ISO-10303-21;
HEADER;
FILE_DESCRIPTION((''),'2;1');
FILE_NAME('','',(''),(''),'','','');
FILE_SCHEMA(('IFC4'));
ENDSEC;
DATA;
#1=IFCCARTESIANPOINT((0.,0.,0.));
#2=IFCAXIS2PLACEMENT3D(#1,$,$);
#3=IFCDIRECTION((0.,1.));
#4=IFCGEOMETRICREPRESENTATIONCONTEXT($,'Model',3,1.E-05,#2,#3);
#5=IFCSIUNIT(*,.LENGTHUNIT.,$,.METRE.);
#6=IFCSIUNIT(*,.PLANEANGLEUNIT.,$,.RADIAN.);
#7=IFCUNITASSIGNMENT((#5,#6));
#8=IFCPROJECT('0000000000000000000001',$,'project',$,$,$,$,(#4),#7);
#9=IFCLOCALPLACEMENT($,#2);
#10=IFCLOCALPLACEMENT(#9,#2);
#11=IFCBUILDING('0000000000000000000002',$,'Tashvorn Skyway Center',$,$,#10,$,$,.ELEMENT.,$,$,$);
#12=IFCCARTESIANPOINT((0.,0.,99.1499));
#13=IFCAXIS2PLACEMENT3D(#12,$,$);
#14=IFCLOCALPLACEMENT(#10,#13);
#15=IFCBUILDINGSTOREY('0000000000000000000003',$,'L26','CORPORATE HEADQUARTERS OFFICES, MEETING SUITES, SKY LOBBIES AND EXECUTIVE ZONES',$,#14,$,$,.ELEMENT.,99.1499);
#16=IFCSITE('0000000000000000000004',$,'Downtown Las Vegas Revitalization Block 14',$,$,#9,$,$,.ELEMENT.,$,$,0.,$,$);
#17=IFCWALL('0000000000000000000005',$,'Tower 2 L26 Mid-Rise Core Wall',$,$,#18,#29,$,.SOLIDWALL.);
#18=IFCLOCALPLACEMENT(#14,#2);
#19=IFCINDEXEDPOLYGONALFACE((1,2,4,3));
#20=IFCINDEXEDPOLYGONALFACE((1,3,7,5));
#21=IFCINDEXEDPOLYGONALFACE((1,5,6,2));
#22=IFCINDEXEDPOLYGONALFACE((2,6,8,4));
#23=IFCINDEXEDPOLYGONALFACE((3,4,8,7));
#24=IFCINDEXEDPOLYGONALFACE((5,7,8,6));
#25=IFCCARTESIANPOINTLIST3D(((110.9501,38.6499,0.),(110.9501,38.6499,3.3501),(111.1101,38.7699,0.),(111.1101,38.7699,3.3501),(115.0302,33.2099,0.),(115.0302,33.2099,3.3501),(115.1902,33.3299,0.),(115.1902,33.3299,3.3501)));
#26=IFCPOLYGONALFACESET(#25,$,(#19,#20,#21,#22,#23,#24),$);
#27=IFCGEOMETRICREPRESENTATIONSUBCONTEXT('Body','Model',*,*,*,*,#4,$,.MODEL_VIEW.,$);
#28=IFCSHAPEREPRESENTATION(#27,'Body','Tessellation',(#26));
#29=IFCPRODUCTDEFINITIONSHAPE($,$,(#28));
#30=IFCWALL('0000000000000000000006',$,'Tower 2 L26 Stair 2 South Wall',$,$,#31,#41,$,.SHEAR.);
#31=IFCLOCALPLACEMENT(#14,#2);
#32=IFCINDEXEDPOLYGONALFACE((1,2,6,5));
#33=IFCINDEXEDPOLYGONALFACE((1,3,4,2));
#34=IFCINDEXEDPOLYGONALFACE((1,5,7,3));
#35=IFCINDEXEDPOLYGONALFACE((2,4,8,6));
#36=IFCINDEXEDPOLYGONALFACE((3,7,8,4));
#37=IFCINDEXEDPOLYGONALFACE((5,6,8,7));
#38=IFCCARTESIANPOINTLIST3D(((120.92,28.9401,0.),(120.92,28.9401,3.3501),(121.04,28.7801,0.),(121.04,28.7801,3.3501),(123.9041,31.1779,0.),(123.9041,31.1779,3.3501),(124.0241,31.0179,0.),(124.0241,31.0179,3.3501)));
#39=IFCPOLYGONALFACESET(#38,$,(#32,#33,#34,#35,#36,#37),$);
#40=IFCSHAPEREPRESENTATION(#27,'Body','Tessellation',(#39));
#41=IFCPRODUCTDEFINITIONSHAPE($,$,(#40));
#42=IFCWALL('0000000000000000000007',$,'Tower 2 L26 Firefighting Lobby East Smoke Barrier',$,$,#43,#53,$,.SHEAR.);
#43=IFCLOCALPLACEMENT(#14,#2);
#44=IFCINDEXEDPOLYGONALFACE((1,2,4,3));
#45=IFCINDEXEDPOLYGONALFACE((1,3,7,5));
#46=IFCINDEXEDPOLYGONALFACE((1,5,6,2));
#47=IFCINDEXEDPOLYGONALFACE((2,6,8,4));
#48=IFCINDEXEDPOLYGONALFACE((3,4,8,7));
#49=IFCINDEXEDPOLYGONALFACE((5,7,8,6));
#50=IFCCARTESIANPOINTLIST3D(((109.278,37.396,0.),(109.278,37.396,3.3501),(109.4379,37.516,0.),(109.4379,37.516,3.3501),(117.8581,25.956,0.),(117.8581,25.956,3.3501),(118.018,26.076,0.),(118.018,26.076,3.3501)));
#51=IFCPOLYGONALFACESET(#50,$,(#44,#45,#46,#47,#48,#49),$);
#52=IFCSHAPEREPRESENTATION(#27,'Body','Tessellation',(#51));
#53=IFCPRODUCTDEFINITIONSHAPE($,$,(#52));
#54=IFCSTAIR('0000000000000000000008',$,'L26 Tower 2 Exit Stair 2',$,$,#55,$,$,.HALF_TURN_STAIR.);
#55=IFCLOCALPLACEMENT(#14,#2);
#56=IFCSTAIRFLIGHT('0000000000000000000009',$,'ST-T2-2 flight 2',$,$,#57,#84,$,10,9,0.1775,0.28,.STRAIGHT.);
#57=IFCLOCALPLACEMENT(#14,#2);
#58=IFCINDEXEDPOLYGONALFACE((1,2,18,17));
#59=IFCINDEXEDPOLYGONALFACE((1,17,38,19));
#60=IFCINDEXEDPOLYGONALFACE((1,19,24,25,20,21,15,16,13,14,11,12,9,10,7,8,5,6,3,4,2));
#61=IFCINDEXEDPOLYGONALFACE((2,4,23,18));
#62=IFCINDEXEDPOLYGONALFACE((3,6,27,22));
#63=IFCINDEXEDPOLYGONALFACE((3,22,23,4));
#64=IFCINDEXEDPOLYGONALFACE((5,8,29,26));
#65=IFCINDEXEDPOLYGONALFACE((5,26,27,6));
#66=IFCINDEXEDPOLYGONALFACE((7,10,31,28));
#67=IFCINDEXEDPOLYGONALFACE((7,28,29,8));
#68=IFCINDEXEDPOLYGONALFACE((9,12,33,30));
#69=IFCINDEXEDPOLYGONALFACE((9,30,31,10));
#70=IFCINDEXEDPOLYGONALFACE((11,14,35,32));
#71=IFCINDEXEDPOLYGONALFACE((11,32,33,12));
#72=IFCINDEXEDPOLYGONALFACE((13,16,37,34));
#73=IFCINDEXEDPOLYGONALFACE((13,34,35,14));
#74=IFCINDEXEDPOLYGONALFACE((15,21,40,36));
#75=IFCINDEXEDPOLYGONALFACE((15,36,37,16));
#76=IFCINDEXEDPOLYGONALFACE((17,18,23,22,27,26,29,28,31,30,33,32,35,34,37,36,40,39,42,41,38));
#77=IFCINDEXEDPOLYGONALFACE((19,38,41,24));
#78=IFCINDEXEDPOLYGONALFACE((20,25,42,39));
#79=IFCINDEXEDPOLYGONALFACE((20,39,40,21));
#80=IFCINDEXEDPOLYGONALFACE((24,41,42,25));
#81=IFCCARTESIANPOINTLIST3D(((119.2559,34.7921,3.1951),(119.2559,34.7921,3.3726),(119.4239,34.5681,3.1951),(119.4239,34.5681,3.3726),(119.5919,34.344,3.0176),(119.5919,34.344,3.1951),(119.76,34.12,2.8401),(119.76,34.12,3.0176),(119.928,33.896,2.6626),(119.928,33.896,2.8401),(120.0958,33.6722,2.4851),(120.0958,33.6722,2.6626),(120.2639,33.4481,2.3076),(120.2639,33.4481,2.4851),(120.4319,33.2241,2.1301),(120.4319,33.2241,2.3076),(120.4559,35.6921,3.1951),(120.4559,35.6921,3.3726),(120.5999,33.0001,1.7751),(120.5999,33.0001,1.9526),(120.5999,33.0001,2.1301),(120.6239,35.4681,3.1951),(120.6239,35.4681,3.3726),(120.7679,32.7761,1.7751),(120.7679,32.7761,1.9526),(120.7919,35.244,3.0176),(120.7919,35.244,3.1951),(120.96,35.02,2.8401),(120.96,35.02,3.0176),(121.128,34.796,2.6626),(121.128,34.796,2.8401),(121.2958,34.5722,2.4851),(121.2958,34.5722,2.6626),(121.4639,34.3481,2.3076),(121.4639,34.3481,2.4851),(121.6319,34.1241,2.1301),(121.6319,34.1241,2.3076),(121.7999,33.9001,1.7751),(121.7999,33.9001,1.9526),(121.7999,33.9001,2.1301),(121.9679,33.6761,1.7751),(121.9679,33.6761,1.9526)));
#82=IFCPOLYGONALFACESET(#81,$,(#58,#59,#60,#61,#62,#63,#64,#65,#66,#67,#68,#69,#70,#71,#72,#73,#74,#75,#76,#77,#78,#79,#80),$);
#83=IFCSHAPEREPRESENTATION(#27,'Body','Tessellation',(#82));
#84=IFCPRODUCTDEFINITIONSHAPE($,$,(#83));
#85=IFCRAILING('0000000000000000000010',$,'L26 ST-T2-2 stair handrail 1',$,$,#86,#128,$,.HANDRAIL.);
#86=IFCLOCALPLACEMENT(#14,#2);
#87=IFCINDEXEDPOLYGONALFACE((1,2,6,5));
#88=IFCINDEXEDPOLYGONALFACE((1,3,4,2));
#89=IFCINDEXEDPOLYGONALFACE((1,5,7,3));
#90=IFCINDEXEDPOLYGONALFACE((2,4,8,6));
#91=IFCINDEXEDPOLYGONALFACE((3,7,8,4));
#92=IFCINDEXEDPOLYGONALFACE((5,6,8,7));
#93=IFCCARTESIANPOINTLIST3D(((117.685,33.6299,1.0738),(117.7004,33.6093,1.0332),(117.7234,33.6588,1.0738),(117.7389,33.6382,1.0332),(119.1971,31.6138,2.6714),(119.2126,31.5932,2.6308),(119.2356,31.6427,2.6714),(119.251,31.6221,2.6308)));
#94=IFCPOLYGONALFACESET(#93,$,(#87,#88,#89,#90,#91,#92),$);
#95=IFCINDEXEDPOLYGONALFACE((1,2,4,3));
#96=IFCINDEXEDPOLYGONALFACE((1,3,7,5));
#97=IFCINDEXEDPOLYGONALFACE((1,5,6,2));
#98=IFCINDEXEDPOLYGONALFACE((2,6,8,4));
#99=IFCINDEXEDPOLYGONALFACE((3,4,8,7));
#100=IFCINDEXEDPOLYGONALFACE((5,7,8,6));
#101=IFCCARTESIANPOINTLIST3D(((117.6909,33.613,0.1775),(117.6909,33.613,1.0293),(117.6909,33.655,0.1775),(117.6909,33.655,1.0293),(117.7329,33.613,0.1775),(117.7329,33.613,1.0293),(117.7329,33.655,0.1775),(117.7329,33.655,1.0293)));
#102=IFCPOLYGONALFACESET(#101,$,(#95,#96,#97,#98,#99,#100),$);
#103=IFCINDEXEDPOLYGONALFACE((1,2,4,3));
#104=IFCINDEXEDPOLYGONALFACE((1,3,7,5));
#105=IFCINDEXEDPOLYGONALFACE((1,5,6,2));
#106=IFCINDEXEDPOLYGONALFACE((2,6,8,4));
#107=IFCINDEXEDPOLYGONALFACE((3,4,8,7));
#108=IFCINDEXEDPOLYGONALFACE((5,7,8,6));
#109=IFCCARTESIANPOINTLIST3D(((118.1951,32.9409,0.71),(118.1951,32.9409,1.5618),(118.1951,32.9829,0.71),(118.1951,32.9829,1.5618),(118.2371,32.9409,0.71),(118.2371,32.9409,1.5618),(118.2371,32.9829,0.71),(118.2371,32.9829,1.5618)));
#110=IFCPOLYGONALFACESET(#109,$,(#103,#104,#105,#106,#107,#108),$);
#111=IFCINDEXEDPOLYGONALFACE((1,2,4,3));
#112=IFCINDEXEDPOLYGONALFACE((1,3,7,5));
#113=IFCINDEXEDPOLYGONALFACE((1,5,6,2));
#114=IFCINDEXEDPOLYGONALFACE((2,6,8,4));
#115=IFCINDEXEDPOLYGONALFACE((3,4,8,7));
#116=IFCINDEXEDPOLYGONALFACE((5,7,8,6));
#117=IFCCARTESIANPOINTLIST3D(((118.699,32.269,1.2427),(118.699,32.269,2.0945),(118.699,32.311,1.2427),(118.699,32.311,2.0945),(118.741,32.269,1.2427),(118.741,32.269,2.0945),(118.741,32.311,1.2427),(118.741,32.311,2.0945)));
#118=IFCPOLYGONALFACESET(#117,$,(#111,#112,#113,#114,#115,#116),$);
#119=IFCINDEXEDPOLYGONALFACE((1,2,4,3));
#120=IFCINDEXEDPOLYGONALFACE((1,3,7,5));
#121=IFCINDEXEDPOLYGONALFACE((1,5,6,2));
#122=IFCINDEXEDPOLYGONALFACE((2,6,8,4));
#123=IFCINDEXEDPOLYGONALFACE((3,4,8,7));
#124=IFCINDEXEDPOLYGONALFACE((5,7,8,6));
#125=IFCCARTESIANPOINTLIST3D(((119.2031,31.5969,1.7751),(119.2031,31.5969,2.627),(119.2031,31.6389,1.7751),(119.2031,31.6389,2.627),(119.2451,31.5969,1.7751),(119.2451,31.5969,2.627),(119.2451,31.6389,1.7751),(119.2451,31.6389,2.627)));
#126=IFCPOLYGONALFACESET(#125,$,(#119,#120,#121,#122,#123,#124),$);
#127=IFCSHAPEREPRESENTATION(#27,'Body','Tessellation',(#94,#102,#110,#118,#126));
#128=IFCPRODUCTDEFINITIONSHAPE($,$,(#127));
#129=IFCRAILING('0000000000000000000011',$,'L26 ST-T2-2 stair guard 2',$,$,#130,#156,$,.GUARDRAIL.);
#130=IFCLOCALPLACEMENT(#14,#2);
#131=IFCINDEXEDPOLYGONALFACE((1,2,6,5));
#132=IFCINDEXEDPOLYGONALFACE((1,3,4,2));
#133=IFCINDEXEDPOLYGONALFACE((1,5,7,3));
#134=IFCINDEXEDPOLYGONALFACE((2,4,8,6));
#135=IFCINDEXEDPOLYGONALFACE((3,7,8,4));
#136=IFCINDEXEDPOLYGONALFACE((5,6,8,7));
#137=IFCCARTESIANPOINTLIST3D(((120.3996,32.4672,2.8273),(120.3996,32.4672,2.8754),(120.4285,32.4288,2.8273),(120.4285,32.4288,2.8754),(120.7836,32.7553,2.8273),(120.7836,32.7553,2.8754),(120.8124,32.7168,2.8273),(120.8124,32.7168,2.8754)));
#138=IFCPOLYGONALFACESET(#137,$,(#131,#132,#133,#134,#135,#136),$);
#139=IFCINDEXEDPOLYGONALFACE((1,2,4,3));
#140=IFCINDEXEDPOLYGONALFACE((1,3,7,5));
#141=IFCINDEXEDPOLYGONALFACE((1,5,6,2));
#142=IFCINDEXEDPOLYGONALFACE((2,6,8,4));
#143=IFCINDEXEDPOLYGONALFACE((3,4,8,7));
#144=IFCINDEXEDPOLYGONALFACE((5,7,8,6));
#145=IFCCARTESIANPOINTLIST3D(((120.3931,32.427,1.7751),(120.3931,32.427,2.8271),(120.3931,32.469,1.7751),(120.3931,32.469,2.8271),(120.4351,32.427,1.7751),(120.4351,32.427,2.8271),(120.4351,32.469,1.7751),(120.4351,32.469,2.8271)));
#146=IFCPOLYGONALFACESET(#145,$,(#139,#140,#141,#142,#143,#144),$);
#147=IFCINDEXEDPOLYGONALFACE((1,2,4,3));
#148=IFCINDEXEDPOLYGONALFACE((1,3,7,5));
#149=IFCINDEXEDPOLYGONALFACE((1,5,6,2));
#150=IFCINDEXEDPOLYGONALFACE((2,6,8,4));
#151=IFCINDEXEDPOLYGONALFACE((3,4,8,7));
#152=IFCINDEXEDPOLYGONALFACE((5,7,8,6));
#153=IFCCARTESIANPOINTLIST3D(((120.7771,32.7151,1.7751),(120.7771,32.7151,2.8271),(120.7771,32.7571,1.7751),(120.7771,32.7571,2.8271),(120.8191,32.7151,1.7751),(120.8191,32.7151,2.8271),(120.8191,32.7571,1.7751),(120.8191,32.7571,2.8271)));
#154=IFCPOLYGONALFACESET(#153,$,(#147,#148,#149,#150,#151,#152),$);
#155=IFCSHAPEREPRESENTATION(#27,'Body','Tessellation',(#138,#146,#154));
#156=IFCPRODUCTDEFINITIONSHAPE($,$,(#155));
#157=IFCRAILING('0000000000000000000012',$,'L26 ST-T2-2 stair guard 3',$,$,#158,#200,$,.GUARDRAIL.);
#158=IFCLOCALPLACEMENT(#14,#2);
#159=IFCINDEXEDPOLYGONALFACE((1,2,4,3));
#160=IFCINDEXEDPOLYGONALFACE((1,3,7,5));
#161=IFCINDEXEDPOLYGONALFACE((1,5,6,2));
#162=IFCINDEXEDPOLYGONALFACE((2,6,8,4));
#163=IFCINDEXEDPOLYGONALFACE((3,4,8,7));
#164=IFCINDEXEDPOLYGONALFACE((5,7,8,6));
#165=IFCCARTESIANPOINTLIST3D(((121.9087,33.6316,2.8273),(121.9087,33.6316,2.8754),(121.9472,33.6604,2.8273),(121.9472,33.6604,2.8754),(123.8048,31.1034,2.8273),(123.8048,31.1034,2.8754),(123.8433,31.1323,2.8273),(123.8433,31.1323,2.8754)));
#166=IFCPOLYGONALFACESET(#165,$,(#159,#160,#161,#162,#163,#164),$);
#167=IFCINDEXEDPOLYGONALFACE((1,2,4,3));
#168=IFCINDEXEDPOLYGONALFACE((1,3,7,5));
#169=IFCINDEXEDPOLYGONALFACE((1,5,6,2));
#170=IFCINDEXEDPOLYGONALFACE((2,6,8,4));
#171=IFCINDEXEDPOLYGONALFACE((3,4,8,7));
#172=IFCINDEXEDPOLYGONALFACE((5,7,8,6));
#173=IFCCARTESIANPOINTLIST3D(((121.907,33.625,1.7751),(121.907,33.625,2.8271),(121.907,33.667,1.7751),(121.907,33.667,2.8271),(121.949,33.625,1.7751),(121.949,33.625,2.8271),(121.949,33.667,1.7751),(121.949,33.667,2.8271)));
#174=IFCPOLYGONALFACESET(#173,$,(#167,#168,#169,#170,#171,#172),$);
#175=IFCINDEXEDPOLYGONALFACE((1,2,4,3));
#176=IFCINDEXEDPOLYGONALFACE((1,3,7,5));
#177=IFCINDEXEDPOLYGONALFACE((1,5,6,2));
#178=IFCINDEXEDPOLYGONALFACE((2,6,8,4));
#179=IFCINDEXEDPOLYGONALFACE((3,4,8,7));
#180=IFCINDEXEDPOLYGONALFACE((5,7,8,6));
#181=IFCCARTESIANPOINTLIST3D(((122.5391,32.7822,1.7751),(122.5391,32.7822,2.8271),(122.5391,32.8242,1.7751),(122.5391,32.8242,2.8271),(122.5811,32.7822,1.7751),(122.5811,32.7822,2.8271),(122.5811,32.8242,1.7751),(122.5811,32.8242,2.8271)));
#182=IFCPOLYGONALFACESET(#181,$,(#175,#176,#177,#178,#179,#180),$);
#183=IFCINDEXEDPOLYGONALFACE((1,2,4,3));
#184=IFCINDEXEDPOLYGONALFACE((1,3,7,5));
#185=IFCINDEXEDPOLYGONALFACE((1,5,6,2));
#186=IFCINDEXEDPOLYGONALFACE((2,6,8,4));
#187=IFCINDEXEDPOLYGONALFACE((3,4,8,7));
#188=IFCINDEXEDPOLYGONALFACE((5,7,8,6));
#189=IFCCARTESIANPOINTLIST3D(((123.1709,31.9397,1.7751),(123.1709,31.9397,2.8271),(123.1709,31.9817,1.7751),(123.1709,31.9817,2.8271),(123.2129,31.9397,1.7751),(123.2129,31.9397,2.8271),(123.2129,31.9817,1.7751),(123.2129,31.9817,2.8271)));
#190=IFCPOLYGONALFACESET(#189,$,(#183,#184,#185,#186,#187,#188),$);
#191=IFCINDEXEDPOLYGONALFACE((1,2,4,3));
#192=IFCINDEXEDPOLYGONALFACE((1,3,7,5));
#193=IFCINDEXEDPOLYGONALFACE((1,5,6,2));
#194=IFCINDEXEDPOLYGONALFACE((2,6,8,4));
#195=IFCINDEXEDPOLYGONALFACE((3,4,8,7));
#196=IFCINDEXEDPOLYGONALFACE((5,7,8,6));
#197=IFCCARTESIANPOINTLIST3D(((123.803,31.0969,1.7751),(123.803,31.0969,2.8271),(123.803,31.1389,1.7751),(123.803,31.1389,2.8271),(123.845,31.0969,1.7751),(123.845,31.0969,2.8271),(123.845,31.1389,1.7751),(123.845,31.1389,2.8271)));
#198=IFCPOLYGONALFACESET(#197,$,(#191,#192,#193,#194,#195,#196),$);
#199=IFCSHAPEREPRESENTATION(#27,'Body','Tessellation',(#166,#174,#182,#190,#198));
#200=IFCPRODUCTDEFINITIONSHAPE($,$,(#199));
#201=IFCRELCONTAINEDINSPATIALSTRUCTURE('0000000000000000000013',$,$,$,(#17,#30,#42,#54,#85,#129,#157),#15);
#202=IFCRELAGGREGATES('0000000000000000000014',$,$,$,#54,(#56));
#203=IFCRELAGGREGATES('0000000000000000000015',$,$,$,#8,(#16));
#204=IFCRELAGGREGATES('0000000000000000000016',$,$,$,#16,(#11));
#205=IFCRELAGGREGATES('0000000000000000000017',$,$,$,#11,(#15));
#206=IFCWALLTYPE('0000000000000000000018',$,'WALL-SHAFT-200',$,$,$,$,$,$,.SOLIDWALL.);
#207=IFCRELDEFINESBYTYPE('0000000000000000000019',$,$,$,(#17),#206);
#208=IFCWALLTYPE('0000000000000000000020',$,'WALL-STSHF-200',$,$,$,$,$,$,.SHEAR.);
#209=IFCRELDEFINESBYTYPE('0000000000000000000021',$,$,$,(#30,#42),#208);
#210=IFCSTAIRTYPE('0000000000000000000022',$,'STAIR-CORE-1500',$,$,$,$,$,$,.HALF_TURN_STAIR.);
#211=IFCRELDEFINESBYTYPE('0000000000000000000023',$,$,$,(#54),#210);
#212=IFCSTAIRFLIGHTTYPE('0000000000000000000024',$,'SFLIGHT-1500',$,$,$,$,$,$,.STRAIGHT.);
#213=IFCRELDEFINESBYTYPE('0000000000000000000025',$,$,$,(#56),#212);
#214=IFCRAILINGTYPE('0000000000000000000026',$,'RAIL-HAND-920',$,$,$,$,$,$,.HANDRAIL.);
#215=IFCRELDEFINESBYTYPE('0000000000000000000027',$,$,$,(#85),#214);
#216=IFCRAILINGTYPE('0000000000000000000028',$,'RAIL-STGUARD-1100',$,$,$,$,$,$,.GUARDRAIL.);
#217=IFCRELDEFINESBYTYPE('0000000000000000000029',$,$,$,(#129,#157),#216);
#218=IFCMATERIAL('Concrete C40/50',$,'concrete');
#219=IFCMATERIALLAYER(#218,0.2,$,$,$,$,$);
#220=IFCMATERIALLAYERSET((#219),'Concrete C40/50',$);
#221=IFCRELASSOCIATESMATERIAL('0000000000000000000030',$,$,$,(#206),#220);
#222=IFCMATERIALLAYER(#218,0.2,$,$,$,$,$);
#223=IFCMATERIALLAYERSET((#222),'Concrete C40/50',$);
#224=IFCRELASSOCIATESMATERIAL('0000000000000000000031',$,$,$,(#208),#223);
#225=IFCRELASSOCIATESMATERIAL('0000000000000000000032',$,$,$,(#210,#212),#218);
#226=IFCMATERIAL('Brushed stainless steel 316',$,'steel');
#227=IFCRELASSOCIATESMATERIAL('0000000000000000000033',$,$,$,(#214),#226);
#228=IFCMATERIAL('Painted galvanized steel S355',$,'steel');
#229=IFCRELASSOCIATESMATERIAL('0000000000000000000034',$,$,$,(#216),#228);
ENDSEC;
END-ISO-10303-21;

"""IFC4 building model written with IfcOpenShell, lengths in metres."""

from ifc_helpers import new_model, si_unit, direction, frame, frame_2d, origin, origin_2d, place, context, subcontext, project, spatial, polyline, rectangle, outline, extrude, material, layer, layer_set, type_object, element, aggregate, save


model = new_model("IFC4")

# Units and contexts
model_context = context("Model", 3, precision=1e-05, world=origin(), true_north=direction((0.0, 1.0)))
body_context = subcontext(model_context, "Body", "Model", "MODEL_VIEW")
ifc_project = project(units=[si_unit("LENGTHUNIT", "METRE"), si_unit("PLANEANGLEUNIT", "RADIAN")], contexts=[model_context])

# Site, building, storey
site_placement = place(None, origin())
site = spatial("IfcSite", under=ifc_project, at=site_placement, Name="Downtown Las Vegas Revitalization Block 14", CompositionType="ELEMENT", RefElevation=0.0)
building_placement = place(site_placement, origin())
building = spatial("IfcBuilding", under=site, at=building_placement, Name="Tashvorn Skyway Center", CompositionType="ELEMENT")
storey_placement = place(building_placement, frame((0.0, 0.0, 99.1499)))
storey = spatial("IfcBuildingStorey", under=building, at=storey_placement, Name="L26", Description="CORPORATE HEADQUARTERS OFFICES, MEETING SUITES, SKY LOBBIES AND EXECUTIVE ZONES", CompositionType="ELEMENT", Elevation=99.1499)

# Shared definitions
ifc_material_1 = material(Name="Concrete C40/50", Category="concrete")

# Shared definitions
ifc_layer_1 = layer(ifc_material_1, 0.2)
ifc_layer_set_1 = layer_set([ifc_layer_1], Name="Concrete C40/50")
wall_type_1 = type_object("IfcWallType", Name="WALL-SHAFT-200", PredefinedType="SOLIDWALL", material=ifc_layer_set_1)

# Walls
wall_1_placement = place(storey_placement, frame((115.1101, 33.27, 0.0), z_axis=(0.0, 0.0, 1.0), x_axis=(-0.600011, 0.799991, 0.0)))
element("IfcWall", 1, at=wall_1_placement, inside=storey, type_object=wall_type_1, Name="Tower 2 L26 Mid-Rise Core Wall", PredefinedType="SOLIDWALL", context=body_context, shape_type="SweptSolid", body=[
    extrude(rectangle(XDim=6.8, YDim=0.2, at=frame_2d((3.3999, 0.0))), origin(), (0.0, 0.0, 1.0), 3.3501),
])
ifc_layer_2 = layer(ifc_material_1, 0.2)
ifc_layer_set_2 = layer_set([ifc_layer_2], Name="Concrete C40/50")
wall_type_2 = type_object("IfcWallType", Name="WALL-STSHF-200", PredefinedType="SHEAR", material=ifc_layer_set_2)
wall_2_placement = place(storey_placement, frame((120.98, 28.8601, 0.0), z_axis=(0.0, 0.0, 1.0), x_axis=(0.800039, 0.599948, 0.0)))
element("IfcWall", 2, at=wall_2_placement, inside=storey, type_object=wall_type_2, Name="Tower 2 L26 Stair 2 South Wall", PredefinedType="SHEAR", context=body_context, shape_type="SweptSolid", body=[
    extrude(rectangle(XDim=3.73, YDim=0.2, at=frame_2d((1.865, 0.0))), origin(), (0.0, 0.0, 1.0), 3.3501),
])
wall_3_placement = place(storey_placement, frame((117.938, 26.0161, 0.0), z_axis=(0.0, 0.0, 1.0), x_axis=(-0.600005, 0.799996, 0.0)))
element("IfcWall", 3, at=wall_3_placement, inside=storey, type_object=wall_type_2, Name="Tower 2 L26 Firefighting Lobby East Smoke Barrier", PredefinedType="SHEAR", context=body_context, shape_type="SweptSolid", body=[
    extrude(rectangle(XDim=14.3, YDim=0.2, at=frame_2d((7.1499, 0.0))), origin(), (0.0, 0.0, 1.0), 3.3501),
])

# Stair, stair flight
stair_type = type_object("IfcStairType", Name="STAIR-CORE-1500", PredefinedType="HALF_TURN_STAIR", material=ifc_material_1)
stair_placement = place(storey_placement, origin())
stair = element("IfcStair", 4, at=stair_placement, inside=storey, type_object=stair_type, Name="L26 Tower 2 Exit Stair 2", PredefinedType="HALF_TURN_STAIR")
stair_flight_type = type_object("IfcStairFlightType", Name="SFLIGHT-1500", PredefinedType="STRAIGHT", material=ifc_material_1)
stair_flight_placement = place(storey_placement, frame((121.3679, 33.2261, 1.7751), z_axis=(0.0, 0.0, 1.0), x_axis=(-0.6, 0.8, 0.0)))
stair_flight = element("IfcStairFlight", 5, at=stair_flight_placement, type_object=stair_flight_type, Name="ST-T2-2 flight 2", NumberOfRisers=10, NumberOfTreads=9, PredefinedType="STRAIGHT", RiserHeight=0.1775, TreadLength=0.28, context=body_context, shape_type="SweptSolid", body=[
    extrude(outline(polyline([(0.0, 0.0), (0.0, 0.1775), (0.28, 0.1775), (0.28, 0.355), (0.5601, 0.355), (0.5601, 0.5325), (0.8401, 0.5325), (0.8401, 0.71), (1.1201, 0.71), (1.1201, 0.8875), (1.3999, 0.8875), (1.3999, 1.0649), (1.6799, 1.0649), (1.6799, 1.2424), (1.96, 1.2424), (1.96, 1.4199), (2.24, 1.4199), (2.24, 1.5974), (2.52, 1.5974), (2.52, 1.7749), (2.52, 1.4199), (0.28, 0.0), (0.0, 0.0)])), frame((0.0, 0.75, 0.0), z_axis=(0.0, -1.0, 0.0), x_axis=(1.0, 0.0, 0.0)), (0.0, 0.0, 1.0), 1.5),
])
aggregate(stair, [stair_flight])

# Railings
ifc_material_2 = material(Name="Brushed stainless steel 316", Category="steel")
railing_type_1 = type_object("IfcRailingType", Name="RAIL-HAND-920", PredefinedType="HANDRAIL", material=ifc_material_2)
railing_1_placement = place(storey_placement, frame((117.7119, 33.634, 0.1775)))
element("IfcRailing", 6, at=railing_1_placement, inside=storey, type_object=railing_type_1, Name="L26 ST-T2-2 stair handrail 1", PredefinedType="HANDRAIL", context=body_context, shape_type="SweptSolid", body=[
    extrude(rectangle(XDim=0.0481, YDim=0.0481, at=origin_2d()), frame((0.0, 0.0, 0.876), z_axis=(0.506779, -0.675651, 0.535416), x_axis=(0.799977, 0.600031, 0.0)), (0.0, 0.0, 1.0), 2.9839),
    extrude(rectangle(XDim=0.042, YDim=0.042, at=origin_2d()), origin(), (0.0, 0.0, 1.0), 0.8518),
    extrude(rectangle(XDim=0.042, YDim=0.042, at=origin_2d()), frame((0.5042, -0.6721, 0.5325)), (0.0, 0.0, 1.0), 0.8518),
    extrude(rectangle(XDim=0.042, YDim=0.042, at=origin_2d()), frame((1.0081, -1.344, 1.0652)), (0.0, 0.0, 1.0), 0.8518),
    extrude(rectangle(XDim=0.042, YDim=0.042, at=origin_2d()), frame((1.5122, -2.0161, 1.5977)), (0.0, 0.0, 1.0), 0.8518),
])
ifc_material_3 = material(Name="Painted galvanized steel S355", Category="steel")
railing_type_2 = type_object("IfcRailingType", Name="RAIL-STGUARD-1100", PredefinedType="GUARDRAIL", material=ifc_material_3)
railing_2_placement = place(storey_placement, frame((120.4141, 32.448, 1.7751)))
element("IfcRailing", 7, at=railing_2_placement, inside=storey, type_object=railing_type_2, Name="L26 ST-T2-2 stair guard 2", PredefinedType="GUARDRAIL", context=body_context, shape_type="SweptSolid", body=[
    extrude(rectangle(XDim=0.0481, YDim=0.0481, at=origin_2d()), frame((0.0, 0.0, 1.0762), z_axis=(0.799939, 0.600081, 0.0), x_axis=(-0.600081, 0.799939, 0.0)), (0.0, 0.0, 1.0), 0.48),
    extrude(rectangle(XDim=0.042, YDim=0.042, at=origin_2d()), origin(), (0.0, 0.0, 1.0), 1.052),
    extrude(rectangle(XDim=0.042, YDim=0.042, at=origin_2d()), frame((0.384, 0.2881, 0.0)), (0.0, 0.0, 1.0), 1.052),
])
railing_3_placement = place(storey_placement, frame((121.928, 33.646, 1.7751)))
element("IfcRailing", 8, at=railing_3_placement, inside=storey, type_object=railing_type_2, Name="L26 ST-T2-2 stair guard 3", PredefinedType="GUARDRAIL", context=body_context, shape_type="SweptSolid", body=[
    extrude(rectangle(XDim=0.0481, YDim=0.0481, at=origin_2d()), frame((0.0, 0.0, 1.0762), z_axis=(0.599988, -0.800009, 0.0), x_axis=(0.800009, 0.599988, 0.0)), (0.0, 0.0, 1.0), 3.1602),
    extrude(rectangle(XDim=0.042, YDim=0.042, at=origin_2d()), origin(), (0.0, 0.0, 1.0), 1.052),
    extrude(rectangle(XDim=0.042, YDim=0.042, at=origin_2d()), frame((0.6321, -0.8428, 0.0)), (0.0, 0.0, 1.0), 1.052),
    extrude(rectangle(XDim=0.042, YDim=0.042, at=origin_2d()), frame((1.2639, -1.6853, 0.0)), (0.0, 0.0, 1.0), 1.052),
    extrude(rectangle(XDim=0.042, YDim=0.042, at=origin_2d()), frame((1.896, -2.5281, 0.0)), (0.0, 0.0, 1.0), 1.052),
])

save(model, "model.ifc")
